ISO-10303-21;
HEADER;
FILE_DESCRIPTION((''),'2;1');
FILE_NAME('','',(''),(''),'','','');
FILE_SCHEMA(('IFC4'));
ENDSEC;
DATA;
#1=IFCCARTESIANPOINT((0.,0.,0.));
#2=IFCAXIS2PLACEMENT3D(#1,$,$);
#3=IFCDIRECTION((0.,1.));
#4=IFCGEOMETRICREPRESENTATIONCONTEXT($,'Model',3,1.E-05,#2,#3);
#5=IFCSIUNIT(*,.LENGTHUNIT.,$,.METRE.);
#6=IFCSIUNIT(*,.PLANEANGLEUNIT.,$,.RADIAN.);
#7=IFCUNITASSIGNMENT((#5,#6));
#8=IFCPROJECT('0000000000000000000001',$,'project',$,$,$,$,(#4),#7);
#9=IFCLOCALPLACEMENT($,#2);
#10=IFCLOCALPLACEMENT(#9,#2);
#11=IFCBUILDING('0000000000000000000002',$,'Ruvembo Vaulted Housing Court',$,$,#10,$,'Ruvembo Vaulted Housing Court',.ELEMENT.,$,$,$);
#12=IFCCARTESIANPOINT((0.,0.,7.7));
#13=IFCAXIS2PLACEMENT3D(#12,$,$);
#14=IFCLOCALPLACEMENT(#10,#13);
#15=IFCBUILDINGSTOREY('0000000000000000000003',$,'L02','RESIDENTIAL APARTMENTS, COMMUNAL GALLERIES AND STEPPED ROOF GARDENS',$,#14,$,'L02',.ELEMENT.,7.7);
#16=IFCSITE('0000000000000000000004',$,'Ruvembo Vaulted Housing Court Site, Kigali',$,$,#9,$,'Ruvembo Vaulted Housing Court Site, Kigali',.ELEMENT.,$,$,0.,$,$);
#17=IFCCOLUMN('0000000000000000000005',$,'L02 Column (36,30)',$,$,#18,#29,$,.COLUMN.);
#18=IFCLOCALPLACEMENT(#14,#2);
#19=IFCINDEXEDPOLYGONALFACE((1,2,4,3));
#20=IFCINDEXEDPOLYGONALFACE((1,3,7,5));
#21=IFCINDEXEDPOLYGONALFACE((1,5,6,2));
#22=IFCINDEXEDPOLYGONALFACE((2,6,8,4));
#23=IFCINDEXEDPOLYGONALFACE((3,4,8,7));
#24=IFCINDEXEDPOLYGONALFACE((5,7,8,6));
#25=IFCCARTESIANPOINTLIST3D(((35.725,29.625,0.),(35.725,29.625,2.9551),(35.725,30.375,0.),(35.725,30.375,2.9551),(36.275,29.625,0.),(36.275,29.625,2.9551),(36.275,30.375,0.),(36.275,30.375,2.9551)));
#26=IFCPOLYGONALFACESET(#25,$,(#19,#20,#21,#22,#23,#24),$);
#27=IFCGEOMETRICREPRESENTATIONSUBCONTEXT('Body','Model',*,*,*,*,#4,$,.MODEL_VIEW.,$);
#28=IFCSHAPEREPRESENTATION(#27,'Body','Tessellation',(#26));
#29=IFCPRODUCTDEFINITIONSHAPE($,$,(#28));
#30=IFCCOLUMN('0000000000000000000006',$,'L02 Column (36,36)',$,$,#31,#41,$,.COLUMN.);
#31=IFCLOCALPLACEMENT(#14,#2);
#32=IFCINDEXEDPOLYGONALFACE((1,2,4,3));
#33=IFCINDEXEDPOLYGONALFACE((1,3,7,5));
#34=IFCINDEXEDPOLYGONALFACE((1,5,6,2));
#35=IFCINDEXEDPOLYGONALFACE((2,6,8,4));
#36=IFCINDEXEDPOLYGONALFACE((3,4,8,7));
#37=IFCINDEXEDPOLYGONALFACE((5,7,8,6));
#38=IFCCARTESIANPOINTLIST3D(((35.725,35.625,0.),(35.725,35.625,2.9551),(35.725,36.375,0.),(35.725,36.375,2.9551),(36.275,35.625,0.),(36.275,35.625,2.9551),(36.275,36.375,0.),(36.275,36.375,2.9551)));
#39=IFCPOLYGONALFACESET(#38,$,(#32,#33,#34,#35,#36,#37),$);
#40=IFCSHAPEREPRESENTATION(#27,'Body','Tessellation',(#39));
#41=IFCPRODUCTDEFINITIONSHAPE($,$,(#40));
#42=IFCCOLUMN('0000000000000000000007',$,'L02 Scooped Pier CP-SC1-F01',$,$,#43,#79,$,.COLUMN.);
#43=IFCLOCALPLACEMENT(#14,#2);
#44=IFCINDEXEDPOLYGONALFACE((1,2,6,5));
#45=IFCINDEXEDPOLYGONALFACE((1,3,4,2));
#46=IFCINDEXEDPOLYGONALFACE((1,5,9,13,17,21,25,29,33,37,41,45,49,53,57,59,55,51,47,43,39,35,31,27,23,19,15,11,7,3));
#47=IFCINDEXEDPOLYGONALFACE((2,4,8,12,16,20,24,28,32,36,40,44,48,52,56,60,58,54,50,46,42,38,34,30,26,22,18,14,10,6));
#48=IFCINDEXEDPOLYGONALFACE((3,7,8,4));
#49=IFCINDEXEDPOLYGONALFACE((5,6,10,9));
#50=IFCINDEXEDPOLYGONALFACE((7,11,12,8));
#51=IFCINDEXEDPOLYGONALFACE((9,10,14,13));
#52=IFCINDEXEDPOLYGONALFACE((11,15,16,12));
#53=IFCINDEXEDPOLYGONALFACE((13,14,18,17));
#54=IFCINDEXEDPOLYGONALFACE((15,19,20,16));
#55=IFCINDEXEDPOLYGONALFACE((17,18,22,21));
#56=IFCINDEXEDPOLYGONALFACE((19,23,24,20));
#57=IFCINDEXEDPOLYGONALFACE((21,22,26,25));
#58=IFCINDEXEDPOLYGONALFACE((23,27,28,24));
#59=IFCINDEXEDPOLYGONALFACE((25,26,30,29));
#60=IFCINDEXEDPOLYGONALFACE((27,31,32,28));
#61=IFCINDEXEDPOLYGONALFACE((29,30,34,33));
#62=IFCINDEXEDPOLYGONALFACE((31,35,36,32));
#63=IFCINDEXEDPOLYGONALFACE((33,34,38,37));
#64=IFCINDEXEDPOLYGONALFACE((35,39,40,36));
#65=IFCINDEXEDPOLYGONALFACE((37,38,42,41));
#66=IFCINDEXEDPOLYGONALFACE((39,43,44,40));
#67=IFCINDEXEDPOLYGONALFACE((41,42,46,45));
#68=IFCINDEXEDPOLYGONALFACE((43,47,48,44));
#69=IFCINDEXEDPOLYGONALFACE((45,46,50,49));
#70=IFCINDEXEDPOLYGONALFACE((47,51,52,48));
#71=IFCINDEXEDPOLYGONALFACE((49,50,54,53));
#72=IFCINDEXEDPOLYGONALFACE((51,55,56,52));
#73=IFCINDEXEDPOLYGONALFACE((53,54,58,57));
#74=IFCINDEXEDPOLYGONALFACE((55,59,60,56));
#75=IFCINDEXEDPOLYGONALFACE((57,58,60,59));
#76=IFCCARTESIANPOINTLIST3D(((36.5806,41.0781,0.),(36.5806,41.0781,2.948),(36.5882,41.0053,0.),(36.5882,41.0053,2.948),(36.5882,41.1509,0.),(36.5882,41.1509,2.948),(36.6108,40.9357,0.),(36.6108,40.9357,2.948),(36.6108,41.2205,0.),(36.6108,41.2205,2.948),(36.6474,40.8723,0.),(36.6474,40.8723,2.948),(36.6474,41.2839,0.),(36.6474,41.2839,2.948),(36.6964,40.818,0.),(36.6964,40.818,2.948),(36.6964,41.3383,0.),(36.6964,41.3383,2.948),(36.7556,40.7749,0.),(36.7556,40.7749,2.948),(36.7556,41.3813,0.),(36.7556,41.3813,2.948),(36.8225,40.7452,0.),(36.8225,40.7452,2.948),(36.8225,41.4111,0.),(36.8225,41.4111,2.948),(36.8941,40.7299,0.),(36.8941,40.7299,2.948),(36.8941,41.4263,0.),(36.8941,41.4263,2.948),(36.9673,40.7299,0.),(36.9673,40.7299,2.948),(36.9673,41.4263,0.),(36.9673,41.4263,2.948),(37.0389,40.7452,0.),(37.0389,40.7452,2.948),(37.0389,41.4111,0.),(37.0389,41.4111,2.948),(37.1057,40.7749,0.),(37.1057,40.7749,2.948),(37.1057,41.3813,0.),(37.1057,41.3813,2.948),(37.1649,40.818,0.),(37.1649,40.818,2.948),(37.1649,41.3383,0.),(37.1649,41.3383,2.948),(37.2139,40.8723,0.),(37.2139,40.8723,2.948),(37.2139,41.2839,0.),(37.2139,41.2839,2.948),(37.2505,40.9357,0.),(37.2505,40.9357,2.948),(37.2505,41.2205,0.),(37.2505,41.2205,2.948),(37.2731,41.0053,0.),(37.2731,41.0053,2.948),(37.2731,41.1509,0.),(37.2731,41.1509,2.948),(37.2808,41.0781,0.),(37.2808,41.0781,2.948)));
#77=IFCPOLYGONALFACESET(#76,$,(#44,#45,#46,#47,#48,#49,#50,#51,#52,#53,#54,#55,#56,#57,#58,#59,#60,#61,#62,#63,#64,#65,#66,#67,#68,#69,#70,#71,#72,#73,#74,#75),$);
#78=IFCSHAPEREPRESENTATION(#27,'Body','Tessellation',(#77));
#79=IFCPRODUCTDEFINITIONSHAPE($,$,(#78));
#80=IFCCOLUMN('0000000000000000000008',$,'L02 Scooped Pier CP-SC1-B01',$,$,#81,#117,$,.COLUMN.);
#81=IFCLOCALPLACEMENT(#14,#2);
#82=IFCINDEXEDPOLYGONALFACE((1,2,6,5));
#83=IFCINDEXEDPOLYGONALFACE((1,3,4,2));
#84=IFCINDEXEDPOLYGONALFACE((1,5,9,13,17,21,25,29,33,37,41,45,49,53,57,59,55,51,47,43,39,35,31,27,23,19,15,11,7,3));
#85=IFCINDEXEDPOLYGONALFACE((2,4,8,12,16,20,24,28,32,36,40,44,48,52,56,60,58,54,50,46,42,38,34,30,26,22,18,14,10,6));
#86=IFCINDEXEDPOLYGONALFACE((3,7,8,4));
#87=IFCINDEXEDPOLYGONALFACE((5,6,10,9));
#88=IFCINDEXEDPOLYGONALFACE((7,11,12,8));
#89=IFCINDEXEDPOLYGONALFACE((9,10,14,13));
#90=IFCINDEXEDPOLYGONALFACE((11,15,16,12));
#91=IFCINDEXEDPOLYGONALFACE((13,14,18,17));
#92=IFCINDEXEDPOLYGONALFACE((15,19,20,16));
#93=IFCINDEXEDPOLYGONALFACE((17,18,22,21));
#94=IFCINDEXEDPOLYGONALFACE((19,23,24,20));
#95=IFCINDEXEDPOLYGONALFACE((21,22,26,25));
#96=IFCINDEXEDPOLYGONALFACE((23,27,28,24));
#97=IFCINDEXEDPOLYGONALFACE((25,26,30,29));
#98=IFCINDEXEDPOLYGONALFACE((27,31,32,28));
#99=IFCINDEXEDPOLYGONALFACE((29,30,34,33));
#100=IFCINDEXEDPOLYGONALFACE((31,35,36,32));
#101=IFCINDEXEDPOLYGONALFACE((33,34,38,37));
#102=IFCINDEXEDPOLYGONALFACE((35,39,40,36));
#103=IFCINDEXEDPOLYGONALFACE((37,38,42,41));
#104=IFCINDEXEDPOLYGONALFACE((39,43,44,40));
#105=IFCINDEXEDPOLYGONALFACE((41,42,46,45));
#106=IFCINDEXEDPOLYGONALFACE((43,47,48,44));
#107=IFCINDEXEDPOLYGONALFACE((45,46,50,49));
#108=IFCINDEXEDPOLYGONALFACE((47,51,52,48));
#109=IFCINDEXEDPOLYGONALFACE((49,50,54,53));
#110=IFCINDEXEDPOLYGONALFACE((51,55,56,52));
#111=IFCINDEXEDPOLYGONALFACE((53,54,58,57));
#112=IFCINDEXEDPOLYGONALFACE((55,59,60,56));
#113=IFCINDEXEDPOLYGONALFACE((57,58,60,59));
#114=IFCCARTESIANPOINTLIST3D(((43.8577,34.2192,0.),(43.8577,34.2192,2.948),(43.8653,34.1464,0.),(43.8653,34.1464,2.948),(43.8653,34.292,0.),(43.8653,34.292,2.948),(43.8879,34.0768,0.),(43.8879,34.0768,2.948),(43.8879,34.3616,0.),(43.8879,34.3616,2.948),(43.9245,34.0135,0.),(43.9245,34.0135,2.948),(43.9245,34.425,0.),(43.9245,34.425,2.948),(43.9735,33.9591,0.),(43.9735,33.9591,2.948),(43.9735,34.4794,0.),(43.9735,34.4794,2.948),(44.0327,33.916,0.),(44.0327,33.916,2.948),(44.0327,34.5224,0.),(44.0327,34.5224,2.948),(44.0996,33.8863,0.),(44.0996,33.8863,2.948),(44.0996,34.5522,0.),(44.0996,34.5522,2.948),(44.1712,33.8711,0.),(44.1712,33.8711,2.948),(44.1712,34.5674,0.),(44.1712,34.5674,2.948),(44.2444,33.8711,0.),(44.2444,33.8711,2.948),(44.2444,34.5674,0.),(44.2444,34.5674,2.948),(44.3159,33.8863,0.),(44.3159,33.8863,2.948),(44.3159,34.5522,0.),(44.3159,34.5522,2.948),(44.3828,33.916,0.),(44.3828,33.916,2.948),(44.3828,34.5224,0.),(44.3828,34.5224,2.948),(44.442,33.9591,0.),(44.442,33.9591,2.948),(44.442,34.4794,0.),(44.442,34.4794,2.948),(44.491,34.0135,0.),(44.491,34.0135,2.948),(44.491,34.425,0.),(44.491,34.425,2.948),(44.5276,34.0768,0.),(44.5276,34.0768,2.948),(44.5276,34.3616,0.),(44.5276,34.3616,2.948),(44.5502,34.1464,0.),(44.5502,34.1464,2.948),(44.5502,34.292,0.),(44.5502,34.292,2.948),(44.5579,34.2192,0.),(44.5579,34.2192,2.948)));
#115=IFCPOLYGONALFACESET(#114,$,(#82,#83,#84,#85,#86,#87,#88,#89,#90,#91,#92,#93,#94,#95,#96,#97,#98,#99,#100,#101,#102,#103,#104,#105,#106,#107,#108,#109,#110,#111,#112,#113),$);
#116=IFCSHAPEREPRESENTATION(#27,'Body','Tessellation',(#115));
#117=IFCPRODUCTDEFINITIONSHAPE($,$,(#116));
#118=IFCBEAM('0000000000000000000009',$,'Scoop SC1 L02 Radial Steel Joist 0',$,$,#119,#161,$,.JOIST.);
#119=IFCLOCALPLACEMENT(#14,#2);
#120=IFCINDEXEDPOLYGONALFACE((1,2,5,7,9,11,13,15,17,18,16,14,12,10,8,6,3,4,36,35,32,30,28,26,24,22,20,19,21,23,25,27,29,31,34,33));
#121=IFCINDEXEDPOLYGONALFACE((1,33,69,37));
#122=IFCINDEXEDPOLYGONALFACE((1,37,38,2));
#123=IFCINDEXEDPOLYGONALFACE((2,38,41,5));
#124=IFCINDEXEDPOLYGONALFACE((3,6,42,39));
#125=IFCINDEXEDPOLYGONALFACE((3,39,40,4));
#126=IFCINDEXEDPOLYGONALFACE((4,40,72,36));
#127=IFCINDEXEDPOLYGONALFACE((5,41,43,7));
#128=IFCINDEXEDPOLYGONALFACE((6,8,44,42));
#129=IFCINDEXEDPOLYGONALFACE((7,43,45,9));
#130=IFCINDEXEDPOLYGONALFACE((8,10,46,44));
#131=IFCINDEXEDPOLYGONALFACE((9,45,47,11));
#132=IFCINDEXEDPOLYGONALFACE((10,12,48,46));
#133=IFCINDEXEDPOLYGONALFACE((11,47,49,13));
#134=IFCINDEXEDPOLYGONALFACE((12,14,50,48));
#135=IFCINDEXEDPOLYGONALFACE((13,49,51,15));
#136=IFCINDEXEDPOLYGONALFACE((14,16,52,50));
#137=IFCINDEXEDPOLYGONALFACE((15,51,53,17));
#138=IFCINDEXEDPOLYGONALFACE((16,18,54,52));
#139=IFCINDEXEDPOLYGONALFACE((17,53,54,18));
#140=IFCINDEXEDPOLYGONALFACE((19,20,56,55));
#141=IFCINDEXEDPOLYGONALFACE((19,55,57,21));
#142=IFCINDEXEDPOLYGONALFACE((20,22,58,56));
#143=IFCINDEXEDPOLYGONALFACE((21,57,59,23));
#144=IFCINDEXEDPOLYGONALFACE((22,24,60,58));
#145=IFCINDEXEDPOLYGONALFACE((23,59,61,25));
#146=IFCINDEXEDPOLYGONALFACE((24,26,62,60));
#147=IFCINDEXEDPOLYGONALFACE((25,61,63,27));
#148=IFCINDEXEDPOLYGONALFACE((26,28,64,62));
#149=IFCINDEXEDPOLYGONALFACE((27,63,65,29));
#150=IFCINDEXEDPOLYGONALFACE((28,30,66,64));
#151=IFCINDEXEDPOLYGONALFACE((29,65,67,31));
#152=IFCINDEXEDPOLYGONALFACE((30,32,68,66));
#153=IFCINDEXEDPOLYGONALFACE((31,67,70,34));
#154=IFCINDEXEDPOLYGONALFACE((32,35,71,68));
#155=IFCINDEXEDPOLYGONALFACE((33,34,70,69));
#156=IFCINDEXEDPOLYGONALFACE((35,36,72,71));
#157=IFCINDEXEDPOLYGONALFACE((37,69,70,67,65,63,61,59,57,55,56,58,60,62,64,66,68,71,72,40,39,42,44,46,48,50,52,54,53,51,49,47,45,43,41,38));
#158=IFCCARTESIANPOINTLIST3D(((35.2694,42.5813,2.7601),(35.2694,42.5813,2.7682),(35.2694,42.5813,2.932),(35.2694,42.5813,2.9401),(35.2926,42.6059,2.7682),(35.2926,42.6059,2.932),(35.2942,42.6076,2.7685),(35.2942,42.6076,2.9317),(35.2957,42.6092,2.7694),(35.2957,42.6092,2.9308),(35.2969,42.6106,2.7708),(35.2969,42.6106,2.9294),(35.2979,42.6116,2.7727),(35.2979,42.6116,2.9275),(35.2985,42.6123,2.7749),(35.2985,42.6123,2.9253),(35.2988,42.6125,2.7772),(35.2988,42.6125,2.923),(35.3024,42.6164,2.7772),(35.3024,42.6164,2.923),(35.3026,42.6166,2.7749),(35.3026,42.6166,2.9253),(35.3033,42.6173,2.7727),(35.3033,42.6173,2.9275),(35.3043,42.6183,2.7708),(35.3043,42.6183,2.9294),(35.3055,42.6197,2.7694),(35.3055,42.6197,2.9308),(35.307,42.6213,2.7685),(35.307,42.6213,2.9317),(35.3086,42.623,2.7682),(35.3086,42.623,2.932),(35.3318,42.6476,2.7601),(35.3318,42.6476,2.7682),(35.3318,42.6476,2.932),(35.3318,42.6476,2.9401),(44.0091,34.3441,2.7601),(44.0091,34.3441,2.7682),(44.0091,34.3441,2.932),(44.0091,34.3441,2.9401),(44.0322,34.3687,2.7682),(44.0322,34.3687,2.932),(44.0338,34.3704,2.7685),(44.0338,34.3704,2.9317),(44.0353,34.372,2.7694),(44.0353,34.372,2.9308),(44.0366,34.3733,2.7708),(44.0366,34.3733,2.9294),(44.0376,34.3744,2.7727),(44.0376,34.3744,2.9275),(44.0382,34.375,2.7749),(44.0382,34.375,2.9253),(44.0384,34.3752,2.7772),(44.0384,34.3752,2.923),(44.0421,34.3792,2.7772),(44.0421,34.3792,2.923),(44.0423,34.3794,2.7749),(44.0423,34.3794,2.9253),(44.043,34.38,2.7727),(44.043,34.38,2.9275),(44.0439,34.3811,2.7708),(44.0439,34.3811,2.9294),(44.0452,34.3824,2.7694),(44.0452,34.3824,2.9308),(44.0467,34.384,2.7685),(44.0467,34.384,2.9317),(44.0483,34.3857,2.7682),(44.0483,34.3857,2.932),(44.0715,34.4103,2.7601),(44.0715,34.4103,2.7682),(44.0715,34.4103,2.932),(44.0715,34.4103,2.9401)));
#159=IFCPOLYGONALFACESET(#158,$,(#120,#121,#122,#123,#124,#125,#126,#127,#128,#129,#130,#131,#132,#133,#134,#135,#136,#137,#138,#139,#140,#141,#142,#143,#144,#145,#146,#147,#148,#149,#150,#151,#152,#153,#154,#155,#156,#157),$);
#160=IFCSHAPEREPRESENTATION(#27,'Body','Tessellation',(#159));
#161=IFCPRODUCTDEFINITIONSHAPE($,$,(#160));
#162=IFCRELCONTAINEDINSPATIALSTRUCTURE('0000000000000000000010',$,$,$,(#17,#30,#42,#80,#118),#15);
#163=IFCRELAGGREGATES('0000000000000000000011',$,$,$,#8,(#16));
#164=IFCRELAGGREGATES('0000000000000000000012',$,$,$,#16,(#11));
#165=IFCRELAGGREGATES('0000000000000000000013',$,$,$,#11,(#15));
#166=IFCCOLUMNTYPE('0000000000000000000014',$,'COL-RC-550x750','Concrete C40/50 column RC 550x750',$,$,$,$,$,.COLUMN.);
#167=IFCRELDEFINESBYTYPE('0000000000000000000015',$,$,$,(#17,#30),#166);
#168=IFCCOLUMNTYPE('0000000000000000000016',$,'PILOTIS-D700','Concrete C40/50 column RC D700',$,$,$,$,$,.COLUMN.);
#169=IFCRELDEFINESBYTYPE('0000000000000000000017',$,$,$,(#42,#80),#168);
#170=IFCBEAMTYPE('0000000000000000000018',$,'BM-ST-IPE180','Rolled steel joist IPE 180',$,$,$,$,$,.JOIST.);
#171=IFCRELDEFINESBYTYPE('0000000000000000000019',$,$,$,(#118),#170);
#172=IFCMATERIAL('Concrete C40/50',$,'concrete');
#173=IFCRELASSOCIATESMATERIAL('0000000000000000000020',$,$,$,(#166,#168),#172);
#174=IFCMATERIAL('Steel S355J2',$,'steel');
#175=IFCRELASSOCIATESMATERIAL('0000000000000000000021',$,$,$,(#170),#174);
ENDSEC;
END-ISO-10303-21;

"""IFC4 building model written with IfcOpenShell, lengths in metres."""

from ifc_helpers import new_model, si_unit, direction, frame, origin, origin_2d, place, context, subcontext, project, spatial, rectangle, circle, i_section, extrude, material, material_profile, profile_set, type_object, element, save


model = new_model("IFC4")

# Units and contexts
model_context = context("Model", 3, precision=1e-05, world=origin(), true_north=direction((0.0, 1.0)))
body_context = subcontext(model_context, "Body", "Model", "MODEL_VIEW")
ifc_project = project(units=[si_unit("LENGTHUNIT", "METRE"), si_unit("PLANEANGLEUNIT", "RADIAN")], contexts=[model_context])

# Site, building, storey
site_placement = place(None, origin())
site = spatial("IfcSite", under=ifc_project, at=site_placement, Name="Ruvembo Vaulted Housing Court Site, Kigali", LongName="Ruvembo Vaulted Housing Court Site, Kigali", CompositionType="ELEMENT", RefElevation=0.0)
building_placement = place(site_placement, origin())
building = spatial("IfcBuilding", under=site, at=building_placement, Name="Ruvembo Vaulted Housing Court", LongName="Ruvembo Vaulted Housing Court", CompositionType="ELEMENT")
storey_placement = place(building_placement, frame((0.0, 0.0, 7.7)))
storey = spatial("IfcBuildingStorey", under=building, at=storey_placement, Name="L02", Description="RESIDENTIAL APARTMENTS, COMMUNAL GALLERIES AND STEPPED ROOF GARDENS", LongName="L02", CompositionType="ELEMENT", Elevation=7.7)

# Columns
ifc_material_1 = material(Name="Concrete C40/50", Category="concrete")
ifc_material_profile_1 = material_profile(ifc_material_1, rectangle(XDim=0.55, YDim=0.75, at=origin_2d()), Name="RC 550x750")
ifc_profile_set_1 = profile_set([ifc_material_profile_1], Name="Concrete C40/50")
column_type_1 = type_object("IfcColumnType", Name="COL-RC-550x750", Description="Concrete C40/50 column RC 550x750", PredefinedType="COLUMN", material=ifc_profile_set_1)
for number, where, z_axis, x_axis, name in (
    (1, (36.0, 30.0, 0.0), (0.0, 0.0, 1.0), (1.0, 0.0, 0.0), "L02 Column (36,30)"),
    (2, (36.0, 36.0, 0.0), (0.0, 0.0, 1.0), (1.0, 0.0, 0.0), "L02 Column (36,36)"),
):
    element("IfcColumn", number, at=place(storey_placement, frame(where, z_axis=z_axis, x_axis=x_axis)), inside=storey, type_object=column_type_1, Name=name, PredefinedType="COLUMN", context=body_context, shape_type="SweptSolid", body=[
        extrude(rectangle(XDim=0.55, YDim=0.75, at=origin_2d()), origin(), (0.0, 0.0, 1.0), 2.9551),
    ])
ifc_material_profile_2 = material_profile(ifc_material_1, circle(Radius=0.3501, at=origin_2d()), Name="RC D700")
ifc_profile_set_2 = profile_set([ifc_material_profile_2], Name="Concrete C40/50")
column_type_2 = type_object("IfcColumnType", Name="PILOTIS-D700", Description="Concrete C40/50 column RC D700", PredefinedType="COLUMN", material=ifc_profile_set_2)
for number, where, z_axis, x_axis, name in (
    (3, (36.9307, 41.0781, 0.0), (0.0, 0.0, 1.0), (1.0, 0.0, 0.0), "L02 Scooped Pier CP-SC1-F01"),
    (4, (44.2078, 34.2192, 0.0), (0.0, 0.0, 1.0), (1.0, 0.0, 0.0), "L02 Scooped Pier CP-SC1-B01"),
):
    element("IfcColumn", number, at=place(storey_placement, frame(where, z_axis=z_axis, x_axis=x_axis)), inside=storey, type_object=column_type_2, Name=name, PredefinedType="COLUMN", context=body_context, shape_type="SweptSolid", body=[
        extrude(circle(Radius=0.3501, at=origin_2d()), origin(), (0.0, 0.0, 1.0), 2.948),
    ])

# Beam
ifc_material_2 = material(Name="Steel S355J2", Category="steel")
ifc_material_profile_3 = material_profile(ifc_material_2, i_section(OverallWidth=0.0911, OverallDepth=0.1799, WebThickness=0.0054, FlangeThickness=0.0081, FilletRadius=0.009, at=origin_2d()), Name="IPE 180")
ifc_profile_set_3 = profile_set([ifc_material_profile_3], Name="Steel S355J2")
beam_type_1 = type_object("IfcBeamType", Name="BM-ST-IPE180", Description="Rolled steel joist IPE 180", PredefinedType="JOIST", material=ifc_profile_set_3)
beam_1_placement = place(storey_placement, frame((44.0403, 34.3772, 2.8501), z_axis=(-0.727715, 0.685879, 0.0), x_axis=(-0.685879, -0.727715, 0.0)))
element("IfcBeam", 5, at=beam_1_placement, inside=storey, type_object=beam_type_1, Name="Scoop SC1 L02 Radial Steel Joist 0", PredefinedType="JOIST", context=body_context, shape_type="SweptSolid", body=[
    extrude(i_section(OverallWidth=0.0911, OverallDepth=0.1799, WebThickness=0.0054, FlangeThickness=0.0081, FilletRadius=0.009, at=origin_2d()), origin(), (0.0, 0.0, 1.0), 12.0098),
])

save(model, "model.ifc")
